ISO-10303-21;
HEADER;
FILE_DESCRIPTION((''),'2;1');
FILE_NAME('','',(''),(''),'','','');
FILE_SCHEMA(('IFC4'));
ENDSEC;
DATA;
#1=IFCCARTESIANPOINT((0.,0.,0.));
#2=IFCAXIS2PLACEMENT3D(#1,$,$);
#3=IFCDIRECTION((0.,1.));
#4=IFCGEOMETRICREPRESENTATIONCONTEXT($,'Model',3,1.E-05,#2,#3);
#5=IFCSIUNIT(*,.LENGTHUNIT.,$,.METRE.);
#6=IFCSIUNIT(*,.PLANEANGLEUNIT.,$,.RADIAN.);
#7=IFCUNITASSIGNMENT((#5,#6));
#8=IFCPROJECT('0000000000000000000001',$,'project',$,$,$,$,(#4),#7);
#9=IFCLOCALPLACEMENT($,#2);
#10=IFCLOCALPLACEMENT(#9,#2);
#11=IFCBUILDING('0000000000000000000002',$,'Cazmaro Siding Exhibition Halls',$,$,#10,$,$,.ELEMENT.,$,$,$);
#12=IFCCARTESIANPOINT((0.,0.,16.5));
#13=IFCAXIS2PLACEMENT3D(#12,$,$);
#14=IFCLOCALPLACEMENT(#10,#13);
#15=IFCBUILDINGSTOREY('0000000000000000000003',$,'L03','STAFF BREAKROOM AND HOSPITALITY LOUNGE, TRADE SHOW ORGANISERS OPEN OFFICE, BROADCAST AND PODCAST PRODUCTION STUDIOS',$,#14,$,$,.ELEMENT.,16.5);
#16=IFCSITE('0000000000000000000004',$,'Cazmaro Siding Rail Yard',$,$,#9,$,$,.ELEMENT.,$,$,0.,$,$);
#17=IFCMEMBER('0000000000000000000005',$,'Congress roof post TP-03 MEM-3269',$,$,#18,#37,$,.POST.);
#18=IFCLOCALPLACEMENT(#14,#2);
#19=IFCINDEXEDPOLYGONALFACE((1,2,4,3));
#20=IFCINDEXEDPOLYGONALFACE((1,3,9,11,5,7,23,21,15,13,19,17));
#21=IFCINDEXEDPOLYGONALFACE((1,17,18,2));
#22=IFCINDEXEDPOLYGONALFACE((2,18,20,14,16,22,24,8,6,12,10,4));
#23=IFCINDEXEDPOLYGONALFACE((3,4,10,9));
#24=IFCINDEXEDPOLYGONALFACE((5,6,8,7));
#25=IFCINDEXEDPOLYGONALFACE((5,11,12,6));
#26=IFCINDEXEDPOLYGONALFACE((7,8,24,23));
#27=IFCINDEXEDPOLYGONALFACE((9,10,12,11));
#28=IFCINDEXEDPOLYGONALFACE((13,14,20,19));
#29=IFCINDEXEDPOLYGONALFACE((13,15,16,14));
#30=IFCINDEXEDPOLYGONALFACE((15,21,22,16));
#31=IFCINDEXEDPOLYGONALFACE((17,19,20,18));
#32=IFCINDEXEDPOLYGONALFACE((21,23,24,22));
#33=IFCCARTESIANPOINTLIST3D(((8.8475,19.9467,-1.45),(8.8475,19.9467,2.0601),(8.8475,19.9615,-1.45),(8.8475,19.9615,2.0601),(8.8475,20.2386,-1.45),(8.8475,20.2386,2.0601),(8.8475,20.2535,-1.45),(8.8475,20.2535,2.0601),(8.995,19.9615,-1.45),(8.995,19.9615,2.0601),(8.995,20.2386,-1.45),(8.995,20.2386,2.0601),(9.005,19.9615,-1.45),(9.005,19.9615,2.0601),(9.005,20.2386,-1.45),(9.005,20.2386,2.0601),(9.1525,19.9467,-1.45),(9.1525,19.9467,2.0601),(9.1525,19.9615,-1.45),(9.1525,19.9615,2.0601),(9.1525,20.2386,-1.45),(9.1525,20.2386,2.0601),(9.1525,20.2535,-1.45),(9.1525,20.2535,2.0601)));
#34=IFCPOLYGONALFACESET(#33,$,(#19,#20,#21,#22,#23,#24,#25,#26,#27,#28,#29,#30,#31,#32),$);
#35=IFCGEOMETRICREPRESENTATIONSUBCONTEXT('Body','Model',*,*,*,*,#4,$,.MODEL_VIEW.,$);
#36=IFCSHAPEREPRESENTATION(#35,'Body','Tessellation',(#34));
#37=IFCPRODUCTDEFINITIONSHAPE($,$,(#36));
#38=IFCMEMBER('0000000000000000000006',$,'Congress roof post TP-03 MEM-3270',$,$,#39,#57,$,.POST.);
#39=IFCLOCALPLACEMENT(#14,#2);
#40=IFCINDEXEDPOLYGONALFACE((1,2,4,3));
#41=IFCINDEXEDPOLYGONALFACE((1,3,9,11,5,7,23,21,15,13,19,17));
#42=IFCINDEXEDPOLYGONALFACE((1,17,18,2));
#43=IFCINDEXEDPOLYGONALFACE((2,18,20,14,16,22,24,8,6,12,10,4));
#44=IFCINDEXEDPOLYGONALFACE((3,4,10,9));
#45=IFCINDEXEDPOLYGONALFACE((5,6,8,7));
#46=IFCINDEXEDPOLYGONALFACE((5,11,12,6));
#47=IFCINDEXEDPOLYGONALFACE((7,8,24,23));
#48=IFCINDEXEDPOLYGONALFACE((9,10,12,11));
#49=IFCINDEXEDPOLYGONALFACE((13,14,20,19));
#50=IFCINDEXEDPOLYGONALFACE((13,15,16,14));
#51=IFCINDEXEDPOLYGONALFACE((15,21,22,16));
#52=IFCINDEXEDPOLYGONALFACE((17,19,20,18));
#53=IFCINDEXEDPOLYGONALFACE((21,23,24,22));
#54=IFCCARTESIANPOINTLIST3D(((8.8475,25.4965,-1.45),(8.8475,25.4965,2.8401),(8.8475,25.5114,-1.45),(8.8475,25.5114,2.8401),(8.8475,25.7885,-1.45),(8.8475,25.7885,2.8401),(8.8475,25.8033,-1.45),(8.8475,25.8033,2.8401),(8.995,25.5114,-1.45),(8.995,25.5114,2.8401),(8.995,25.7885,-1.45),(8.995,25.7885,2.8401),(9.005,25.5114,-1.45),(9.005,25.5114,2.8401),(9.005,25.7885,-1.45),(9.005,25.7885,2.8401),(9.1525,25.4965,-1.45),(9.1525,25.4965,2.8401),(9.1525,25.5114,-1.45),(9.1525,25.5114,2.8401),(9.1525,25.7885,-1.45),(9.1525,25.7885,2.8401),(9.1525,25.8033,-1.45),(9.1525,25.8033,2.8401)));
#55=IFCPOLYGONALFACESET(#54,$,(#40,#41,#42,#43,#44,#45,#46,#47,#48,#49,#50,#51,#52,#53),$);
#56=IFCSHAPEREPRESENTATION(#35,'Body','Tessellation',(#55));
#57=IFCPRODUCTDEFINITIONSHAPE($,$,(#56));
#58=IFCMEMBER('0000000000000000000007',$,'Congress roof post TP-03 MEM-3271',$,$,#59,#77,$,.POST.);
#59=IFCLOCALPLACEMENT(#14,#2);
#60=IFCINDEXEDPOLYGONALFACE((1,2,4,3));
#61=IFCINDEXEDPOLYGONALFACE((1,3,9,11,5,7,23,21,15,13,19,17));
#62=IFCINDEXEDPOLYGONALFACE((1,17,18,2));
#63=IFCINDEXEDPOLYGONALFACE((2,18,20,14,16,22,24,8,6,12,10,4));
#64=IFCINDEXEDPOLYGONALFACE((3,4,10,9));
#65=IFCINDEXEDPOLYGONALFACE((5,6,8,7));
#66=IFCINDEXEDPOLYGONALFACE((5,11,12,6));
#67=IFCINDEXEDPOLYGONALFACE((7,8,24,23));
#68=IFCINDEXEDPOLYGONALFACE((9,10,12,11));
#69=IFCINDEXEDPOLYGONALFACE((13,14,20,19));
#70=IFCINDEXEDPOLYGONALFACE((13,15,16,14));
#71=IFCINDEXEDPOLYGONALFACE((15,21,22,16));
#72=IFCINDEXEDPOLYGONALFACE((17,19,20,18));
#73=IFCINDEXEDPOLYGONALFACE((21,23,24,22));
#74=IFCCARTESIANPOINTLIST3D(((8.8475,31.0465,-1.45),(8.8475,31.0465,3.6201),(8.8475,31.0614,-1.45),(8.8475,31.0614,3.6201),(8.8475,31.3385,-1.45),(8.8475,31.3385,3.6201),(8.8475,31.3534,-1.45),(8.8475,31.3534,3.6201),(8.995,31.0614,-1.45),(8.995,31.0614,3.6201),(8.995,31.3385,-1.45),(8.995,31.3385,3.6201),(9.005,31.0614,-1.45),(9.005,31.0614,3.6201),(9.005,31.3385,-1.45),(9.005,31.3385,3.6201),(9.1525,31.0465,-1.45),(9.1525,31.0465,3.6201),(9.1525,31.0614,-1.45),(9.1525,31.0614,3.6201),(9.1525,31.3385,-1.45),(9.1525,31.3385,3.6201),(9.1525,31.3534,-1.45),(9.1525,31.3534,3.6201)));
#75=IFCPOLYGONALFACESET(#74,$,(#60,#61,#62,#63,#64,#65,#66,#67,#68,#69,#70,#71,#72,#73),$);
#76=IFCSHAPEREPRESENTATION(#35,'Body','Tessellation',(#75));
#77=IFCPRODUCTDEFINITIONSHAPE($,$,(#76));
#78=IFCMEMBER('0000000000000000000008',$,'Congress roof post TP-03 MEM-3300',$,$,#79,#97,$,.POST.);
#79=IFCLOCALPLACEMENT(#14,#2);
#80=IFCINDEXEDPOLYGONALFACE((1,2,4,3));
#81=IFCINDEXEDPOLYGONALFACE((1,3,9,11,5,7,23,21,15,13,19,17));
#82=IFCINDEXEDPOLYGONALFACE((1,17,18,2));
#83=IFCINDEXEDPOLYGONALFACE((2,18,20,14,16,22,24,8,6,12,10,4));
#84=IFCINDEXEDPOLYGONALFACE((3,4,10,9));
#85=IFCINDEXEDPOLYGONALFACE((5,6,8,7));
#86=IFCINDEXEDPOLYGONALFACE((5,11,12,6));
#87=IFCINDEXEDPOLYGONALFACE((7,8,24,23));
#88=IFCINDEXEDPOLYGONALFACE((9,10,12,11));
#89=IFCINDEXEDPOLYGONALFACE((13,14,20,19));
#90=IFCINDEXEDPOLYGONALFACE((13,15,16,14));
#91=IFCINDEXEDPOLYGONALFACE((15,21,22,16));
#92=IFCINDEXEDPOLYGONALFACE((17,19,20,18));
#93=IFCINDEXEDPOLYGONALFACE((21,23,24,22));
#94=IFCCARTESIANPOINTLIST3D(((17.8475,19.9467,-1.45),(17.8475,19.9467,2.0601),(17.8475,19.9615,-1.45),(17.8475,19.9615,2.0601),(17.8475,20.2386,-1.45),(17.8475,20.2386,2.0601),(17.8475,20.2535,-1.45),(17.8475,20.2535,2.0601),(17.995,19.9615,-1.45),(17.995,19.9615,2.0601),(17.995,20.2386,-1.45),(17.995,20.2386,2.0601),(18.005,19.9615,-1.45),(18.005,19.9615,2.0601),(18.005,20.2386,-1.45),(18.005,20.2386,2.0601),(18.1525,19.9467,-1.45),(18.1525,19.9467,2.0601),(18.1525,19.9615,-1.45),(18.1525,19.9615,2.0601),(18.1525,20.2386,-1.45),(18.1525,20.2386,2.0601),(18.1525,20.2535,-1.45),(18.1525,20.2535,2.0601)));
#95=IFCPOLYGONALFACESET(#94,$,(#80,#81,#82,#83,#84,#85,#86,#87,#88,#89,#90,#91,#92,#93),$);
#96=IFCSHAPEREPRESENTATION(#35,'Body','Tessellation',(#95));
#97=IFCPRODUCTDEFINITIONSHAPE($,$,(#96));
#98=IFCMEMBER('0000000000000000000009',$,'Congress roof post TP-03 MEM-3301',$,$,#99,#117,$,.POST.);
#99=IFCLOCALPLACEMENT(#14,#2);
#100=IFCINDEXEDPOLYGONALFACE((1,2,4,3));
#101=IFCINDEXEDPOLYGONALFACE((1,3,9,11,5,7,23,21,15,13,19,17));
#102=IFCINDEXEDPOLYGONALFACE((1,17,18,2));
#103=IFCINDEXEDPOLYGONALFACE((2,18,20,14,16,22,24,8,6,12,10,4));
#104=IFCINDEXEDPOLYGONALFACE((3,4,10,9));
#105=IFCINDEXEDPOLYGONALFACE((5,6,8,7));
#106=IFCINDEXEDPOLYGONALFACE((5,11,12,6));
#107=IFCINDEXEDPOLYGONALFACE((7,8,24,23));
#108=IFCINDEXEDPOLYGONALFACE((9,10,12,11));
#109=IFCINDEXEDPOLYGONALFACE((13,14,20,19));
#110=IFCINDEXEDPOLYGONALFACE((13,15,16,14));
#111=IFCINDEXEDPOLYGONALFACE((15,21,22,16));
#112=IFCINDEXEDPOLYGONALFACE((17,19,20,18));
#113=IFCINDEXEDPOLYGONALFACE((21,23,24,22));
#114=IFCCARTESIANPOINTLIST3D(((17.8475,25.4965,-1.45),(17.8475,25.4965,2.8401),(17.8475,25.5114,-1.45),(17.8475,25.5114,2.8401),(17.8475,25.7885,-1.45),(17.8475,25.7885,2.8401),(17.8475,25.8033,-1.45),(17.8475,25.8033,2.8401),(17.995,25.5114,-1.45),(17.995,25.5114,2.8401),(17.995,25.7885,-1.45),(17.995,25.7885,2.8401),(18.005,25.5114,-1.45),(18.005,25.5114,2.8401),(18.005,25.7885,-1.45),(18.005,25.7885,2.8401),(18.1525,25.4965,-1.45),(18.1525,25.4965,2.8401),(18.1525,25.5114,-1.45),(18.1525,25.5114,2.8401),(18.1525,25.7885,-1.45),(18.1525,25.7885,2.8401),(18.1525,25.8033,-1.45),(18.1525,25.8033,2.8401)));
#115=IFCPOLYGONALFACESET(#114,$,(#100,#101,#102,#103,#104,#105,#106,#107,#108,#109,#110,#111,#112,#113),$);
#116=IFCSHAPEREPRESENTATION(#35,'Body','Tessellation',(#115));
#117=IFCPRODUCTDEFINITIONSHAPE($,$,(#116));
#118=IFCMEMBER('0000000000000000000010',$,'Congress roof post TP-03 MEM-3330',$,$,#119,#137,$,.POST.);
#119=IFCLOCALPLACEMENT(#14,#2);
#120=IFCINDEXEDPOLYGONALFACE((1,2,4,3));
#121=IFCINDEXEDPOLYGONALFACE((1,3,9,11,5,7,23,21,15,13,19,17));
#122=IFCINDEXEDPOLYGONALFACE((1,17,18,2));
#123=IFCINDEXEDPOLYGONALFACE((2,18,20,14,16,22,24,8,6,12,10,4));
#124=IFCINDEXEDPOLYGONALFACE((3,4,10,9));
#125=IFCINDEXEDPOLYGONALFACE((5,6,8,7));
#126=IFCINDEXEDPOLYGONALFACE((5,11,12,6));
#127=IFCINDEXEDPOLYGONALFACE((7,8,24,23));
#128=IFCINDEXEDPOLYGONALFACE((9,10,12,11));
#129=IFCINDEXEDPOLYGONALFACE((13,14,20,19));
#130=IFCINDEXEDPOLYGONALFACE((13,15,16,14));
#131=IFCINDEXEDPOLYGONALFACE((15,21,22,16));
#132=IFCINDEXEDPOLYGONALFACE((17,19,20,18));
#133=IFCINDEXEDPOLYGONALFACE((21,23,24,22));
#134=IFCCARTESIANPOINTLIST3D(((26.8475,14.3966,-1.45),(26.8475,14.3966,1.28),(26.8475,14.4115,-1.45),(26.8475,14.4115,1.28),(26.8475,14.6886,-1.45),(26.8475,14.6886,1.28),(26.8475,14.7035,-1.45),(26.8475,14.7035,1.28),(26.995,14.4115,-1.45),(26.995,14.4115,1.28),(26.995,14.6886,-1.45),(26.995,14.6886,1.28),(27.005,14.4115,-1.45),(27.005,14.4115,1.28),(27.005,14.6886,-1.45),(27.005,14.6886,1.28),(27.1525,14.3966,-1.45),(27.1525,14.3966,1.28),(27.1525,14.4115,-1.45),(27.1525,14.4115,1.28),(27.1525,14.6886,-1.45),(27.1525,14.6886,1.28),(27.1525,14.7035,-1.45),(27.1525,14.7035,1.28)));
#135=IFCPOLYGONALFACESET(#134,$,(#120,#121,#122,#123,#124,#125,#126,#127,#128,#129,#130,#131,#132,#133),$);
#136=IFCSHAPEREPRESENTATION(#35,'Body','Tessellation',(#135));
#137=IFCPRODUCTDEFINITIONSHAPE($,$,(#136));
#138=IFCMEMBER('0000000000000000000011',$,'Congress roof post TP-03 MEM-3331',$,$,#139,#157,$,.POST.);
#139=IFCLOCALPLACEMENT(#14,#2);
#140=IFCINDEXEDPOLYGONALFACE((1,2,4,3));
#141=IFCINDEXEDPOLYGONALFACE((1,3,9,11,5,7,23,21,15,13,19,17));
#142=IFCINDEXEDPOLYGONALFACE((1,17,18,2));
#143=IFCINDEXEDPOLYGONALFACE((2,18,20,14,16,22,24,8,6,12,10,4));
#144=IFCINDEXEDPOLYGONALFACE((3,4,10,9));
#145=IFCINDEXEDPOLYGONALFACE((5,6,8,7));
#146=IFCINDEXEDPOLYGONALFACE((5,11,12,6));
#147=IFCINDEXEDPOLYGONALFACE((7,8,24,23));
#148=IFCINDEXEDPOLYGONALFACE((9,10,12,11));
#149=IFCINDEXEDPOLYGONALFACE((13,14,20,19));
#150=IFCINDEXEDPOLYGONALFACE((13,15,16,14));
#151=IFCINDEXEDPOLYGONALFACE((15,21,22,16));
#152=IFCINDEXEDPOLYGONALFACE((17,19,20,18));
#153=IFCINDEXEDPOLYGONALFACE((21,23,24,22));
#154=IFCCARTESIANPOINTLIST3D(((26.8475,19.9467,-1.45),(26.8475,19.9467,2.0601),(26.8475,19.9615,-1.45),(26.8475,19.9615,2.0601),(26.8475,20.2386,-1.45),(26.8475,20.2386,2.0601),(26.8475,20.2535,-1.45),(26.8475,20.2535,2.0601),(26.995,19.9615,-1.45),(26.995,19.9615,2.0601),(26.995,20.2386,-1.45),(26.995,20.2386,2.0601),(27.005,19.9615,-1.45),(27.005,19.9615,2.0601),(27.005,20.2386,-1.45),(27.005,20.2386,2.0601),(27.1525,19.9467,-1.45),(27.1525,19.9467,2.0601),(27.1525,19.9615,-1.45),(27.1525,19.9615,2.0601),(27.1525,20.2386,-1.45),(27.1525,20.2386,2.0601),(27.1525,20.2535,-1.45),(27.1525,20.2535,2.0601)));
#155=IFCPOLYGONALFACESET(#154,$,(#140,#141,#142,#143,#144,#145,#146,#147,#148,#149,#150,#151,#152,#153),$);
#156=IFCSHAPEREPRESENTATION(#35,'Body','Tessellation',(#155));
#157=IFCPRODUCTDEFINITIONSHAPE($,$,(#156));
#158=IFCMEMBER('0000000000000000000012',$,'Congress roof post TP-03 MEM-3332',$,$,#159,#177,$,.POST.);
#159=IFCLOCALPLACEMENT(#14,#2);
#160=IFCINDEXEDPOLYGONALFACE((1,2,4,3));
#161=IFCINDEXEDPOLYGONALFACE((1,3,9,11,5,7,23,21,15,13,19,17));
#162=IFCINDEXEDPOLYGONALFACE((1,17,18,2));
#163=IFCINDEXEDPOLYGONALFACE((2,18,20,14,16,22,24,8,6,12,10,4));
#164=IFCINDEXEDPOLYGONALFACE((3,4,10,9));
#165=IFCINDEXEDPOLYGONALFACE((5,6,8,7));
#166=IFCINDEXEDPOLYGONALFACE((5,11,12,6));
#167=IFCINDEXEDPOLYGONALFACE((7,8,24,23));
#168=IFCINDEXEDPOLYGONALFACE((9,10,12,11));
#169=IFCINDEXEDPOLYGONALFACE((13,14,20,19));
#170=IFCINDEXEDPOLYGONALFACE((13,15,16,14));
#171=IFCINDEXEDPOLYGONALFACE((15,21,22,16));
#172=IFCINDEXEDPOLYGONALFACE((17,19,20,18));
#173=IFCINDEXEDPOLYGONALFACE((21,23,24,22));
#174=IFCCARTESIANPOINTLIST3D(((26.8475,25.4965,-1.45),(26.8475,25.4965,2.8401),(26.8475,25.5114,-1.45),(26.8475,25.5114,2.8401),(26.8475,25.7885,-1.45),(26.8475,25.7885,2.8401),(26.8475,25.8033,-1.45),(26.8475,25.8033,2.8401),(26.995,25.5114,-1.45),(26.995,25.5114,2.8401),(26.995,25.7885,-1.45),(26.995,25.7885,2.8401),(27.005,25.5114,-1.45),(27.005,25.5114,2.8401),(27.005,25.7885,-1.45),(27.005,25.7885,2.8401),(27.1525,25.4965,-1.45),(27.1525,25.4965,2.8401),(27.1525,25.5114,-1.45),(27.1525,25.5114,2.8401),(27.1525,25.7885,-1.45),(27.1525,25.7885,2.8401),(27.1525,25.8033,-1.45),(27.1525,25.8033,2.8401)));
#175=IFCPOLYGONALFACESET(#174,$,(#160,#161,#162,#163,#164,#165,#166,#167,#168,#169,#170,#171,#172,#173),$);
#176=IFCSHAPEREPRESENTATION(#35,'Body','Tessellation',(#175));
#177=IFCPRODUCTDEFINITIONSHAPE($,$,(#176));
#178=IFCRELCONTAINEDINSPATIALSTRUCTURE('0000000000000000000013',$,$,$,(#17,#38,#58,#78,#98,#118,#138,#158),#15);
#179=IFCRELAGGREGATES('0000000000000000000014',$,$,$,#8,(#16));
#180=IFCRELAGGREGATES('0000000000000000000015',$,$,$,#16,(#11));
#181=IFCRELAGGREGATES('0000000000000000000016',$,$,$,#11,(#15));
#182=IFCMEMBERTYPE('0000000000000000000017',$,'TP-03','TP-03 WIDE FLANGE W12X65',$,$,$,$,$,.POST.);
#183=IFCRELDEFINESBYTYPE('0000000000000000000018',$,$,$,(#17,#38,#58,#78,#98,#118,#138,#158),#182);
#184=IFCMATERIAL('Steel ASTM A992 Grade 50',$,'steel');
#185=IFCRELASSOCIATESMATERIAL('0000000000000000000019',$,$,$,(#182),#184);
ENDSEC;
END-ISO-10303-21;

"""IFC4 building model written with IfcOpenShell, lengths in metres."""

from ifc_helpers import new_model, si_unit, direction, frame, origin, origin_2d, place, context, subcontext, project, spatial, i_section, extrude, material, material_profile, profile_set, type_object, element, save


model = new_model("IFC4")

# Units and contexts
model_context = context("Model", 3, precision=1e-05, world=origin(), true_north=direction((0.0, 1.0)))
body_context = subcontext(model_context, "Body", "Model", "MODEL_VIEW")
ifc_project = project(units=[si_unit("LENGTHUNIT", "METRE"), si_unit("PLANEANGLEUNIT", "RADIAN")], contexts=[model_context])

# Site, building, storey
site_placement = place(None, origin())
site = spatial("IfcSite", under=ifc_project, at=site_placement, Name="Cazmaro Siding Rail Yard", CompositionType="ELEMENT", RefElevation=0.0)
building_placement = place(site_placement, origin())
building = spatial("IfcBuilding", under=site, at=building_placement, Name="Cazmaro Siding Exhibition Halls", CompositionType="ELEMENT")
storey_placement = place(building_placement, frame((0.0, 0.0, 16.5)))
storey = spatial("IfcBuildingStorey", under=building, at=storey_placement, Name="L03", Description="STAFF BREAKROOM AND HOSPITALITY LOUNGE, TRADE SHOW ORGANISERS OPEN OFFICE, BROADCAST AND PODCAST PRODUCTION STUDIOS", CompositionType="ELEMENT", Elevation=16.5)

# Members
ifc_material_1 = material(Name="Steel ASTM A992 Grade 50", Category="steel")
ifc_material_profile_1 = material_profile(ifc_material_1, i_section(OverallWidth=0.3049, OverallDepth=0.3069, WebThickness=0.01, FlangeThickness=0.0149, at=origin_2d()), Name="W12X65")
ifc_profile_set_1 = profile_set([ifc_material_profile_1], Name="Steel ASTM A992 Grade 50")
member_type_1 = type_object("IfcMemberType", Name="TP-03", Description="TP-03 WIDE FLANGE W12X65", PredefinedType="POST", material=ifc_profile_set_1)
member_1_placement = place(storey_placement, frame((9.0, 20.1001, -1.45), z_axis=(0.0, 0.0, 1.0), x_axis=(1.0, 0.0, 0.0)))
element("IfcMember", 1, at=member_1_placement, inside=storey, type_object=member_type_1, Name="Congress roof post TP-03 MEM-3269", PredefinedType="POST", context=body_context, shape_type="SweptSolid", body=[
    extrude(i_section(OverallWidth=0.3049, OverallDepth=0.3069, WebThickness=0.01, FlangeThickness=0.0149, at=origin_2d()), origin(), (0.0, 0.0, 1.0), 3.51),
])
member_2_placement = place(storey_placement, frame((9.0, 25.6499, -1.45), z_axis=(0.0, 0.0, 1.0), x_axis=(1.0, 0.0, 0.0)))
element("IfcMember", 2, at=member_2_placement, inside=storey, type_object=member_type_1, Name="Congress roof post TP-03 MEM-3270", PredefinedType="POST", context=body_context, shape_type="SweptSolid", body=[
    extrude(i_section(OverallWidth=0.3049, OverallDepth=0.3069, WebThickness=0.01, FlangeThickness=0.0149, at=origin_2d()), origin(), (0.0, 0.0, 1.0), 4.29),
])
member_3_placement = place(storey_placement, frame((9.0, 31.2, -1.45), z_axis=(0.0, 0.0, 1.0), x_axis=(1.0, 0.0, 0.0)))
element("IfcMember", 3, at=member_3_placement, inside=storey, type_object=member_type_1, Name="Congress roof post TP-03 MEM-3271", PredefinedType="POST", context=body_context, shape_type="SweptSolid", body=[
    extrude(i_section(OverallWidth=0.3049, OverallDepth=0.3069, WebThickness=0.01, FlangeThickness=0.0149, at=origin_2d()), origin(), (0.0, 0.0, 1.0), 5.0701),
])
member_4_placement = place(storey_placement, frame((18.0, 20.1001, -1.45), z_axis=(0.0, 0.0, 1.0), x_axis=(1.0, 0.0, 0.0)))
element("IfcMember", 4, at=member_4_placement, inside=storey, type_object=member_type_1, Name="Congress roof post TP-03 MEM-3300", PredefinedType="POST", context=body_context, shape_type="SweptSolid", body=[
    extrude(i_section(OverallWidth=0.3049, OverallDepth=0.3069, WebThickness=0.01, FlangeThickness=0.0149, at=origin_2d()), origin(), (0.0, 0.0, 1.0), 3.51),
])
member_5_placement = place(storey_placement, frame((18.0, 25.6499, -1.45), z_axis=(0.0, 0.0, 1.0), x_axis=(1.0, 0.0, 0.0)))
element("IfcMember", 5, at=member_5_placement, inside=storey, type_object=member_type_1, Name="Congress roof post TP-03 MEM-3301", PredefinedType="POST", context=body_context, shape_type="SweptSolid", body=[
    extrude(i_section(OverallWidth=0.3049, OverallDepth=0.3069, WebThickness=0.01, FlangeThickness=0.0149, at=origin_2d()), origin(), (0.0, 0.0, 1.0), 4.29),
])
member_6_placement = place(storey_placement, frame((27.0, 14.55, -1.45), z_axis=(0.0, 0.0, 1.0), x_axis=(1.0, 0.0, 0.0)))
element("IfcMember", 6, at=member_6_placement, inside=storey, type_object=member_type_1, Name="Congress roof post TP-03 MEM-3330", PredefinedType="POST", context=body_context, shape_type="SweptSolid", body=[
    extrude(i_section(OverallWidth=0.3049, OverallDepth=0.3069, WebThickness=0.01, FlangeThickness=0.0149, at=origin_2d()), origin(), (0.0, 0.0, 1.0), 2.73),
])
member_7_placement = place(storey_placement, frame((27.0, 20.1001, -1.45), z_axis=(0.0, 0.0, 1.0), x_axis=(1.0, 0.0, 0.0)))
element("IfcMember", 7, at=member_7_placement, inside=storey, type_object=member_type_1, Name="Congress roof post TP-03 MEM-3331", PredefinedType="POST", context=body_context, shape_type="SweptSolid", body=[
    extrude(i_section(OverallWidth=0.3049, OverallDepth=0.3069, WebThickness=0.01, FlangeThickness=0.0149, at=origin_2d()), origin(), (0.0, 0.0, 1.0), 3.51),
])
member_8_placement = place(storey_placement, frame((27.0, 25.6499, -1.45), z_axis=(0.0, 0.0, 1.0), x_axis=(1.0, 0.0, 0.0)))
element("IfcMember", 8, at=member_8_placement, inside=storey, type_object=member_type_1, Name="Congress roof post TP-03 MEM-3332", PredefinedType="POST", context=body_context, shape_type="SweptSolid", body=[
    extrude(i_section(OverallWidth=0.3049, OverallDepth=0.3069, WebThickness=0.01, FlangeThickness=0.0149, at=origin_2d()), origin(), (0.0, 0.0, 1.0), 4.29),
])

save(model, "model.ifc")
